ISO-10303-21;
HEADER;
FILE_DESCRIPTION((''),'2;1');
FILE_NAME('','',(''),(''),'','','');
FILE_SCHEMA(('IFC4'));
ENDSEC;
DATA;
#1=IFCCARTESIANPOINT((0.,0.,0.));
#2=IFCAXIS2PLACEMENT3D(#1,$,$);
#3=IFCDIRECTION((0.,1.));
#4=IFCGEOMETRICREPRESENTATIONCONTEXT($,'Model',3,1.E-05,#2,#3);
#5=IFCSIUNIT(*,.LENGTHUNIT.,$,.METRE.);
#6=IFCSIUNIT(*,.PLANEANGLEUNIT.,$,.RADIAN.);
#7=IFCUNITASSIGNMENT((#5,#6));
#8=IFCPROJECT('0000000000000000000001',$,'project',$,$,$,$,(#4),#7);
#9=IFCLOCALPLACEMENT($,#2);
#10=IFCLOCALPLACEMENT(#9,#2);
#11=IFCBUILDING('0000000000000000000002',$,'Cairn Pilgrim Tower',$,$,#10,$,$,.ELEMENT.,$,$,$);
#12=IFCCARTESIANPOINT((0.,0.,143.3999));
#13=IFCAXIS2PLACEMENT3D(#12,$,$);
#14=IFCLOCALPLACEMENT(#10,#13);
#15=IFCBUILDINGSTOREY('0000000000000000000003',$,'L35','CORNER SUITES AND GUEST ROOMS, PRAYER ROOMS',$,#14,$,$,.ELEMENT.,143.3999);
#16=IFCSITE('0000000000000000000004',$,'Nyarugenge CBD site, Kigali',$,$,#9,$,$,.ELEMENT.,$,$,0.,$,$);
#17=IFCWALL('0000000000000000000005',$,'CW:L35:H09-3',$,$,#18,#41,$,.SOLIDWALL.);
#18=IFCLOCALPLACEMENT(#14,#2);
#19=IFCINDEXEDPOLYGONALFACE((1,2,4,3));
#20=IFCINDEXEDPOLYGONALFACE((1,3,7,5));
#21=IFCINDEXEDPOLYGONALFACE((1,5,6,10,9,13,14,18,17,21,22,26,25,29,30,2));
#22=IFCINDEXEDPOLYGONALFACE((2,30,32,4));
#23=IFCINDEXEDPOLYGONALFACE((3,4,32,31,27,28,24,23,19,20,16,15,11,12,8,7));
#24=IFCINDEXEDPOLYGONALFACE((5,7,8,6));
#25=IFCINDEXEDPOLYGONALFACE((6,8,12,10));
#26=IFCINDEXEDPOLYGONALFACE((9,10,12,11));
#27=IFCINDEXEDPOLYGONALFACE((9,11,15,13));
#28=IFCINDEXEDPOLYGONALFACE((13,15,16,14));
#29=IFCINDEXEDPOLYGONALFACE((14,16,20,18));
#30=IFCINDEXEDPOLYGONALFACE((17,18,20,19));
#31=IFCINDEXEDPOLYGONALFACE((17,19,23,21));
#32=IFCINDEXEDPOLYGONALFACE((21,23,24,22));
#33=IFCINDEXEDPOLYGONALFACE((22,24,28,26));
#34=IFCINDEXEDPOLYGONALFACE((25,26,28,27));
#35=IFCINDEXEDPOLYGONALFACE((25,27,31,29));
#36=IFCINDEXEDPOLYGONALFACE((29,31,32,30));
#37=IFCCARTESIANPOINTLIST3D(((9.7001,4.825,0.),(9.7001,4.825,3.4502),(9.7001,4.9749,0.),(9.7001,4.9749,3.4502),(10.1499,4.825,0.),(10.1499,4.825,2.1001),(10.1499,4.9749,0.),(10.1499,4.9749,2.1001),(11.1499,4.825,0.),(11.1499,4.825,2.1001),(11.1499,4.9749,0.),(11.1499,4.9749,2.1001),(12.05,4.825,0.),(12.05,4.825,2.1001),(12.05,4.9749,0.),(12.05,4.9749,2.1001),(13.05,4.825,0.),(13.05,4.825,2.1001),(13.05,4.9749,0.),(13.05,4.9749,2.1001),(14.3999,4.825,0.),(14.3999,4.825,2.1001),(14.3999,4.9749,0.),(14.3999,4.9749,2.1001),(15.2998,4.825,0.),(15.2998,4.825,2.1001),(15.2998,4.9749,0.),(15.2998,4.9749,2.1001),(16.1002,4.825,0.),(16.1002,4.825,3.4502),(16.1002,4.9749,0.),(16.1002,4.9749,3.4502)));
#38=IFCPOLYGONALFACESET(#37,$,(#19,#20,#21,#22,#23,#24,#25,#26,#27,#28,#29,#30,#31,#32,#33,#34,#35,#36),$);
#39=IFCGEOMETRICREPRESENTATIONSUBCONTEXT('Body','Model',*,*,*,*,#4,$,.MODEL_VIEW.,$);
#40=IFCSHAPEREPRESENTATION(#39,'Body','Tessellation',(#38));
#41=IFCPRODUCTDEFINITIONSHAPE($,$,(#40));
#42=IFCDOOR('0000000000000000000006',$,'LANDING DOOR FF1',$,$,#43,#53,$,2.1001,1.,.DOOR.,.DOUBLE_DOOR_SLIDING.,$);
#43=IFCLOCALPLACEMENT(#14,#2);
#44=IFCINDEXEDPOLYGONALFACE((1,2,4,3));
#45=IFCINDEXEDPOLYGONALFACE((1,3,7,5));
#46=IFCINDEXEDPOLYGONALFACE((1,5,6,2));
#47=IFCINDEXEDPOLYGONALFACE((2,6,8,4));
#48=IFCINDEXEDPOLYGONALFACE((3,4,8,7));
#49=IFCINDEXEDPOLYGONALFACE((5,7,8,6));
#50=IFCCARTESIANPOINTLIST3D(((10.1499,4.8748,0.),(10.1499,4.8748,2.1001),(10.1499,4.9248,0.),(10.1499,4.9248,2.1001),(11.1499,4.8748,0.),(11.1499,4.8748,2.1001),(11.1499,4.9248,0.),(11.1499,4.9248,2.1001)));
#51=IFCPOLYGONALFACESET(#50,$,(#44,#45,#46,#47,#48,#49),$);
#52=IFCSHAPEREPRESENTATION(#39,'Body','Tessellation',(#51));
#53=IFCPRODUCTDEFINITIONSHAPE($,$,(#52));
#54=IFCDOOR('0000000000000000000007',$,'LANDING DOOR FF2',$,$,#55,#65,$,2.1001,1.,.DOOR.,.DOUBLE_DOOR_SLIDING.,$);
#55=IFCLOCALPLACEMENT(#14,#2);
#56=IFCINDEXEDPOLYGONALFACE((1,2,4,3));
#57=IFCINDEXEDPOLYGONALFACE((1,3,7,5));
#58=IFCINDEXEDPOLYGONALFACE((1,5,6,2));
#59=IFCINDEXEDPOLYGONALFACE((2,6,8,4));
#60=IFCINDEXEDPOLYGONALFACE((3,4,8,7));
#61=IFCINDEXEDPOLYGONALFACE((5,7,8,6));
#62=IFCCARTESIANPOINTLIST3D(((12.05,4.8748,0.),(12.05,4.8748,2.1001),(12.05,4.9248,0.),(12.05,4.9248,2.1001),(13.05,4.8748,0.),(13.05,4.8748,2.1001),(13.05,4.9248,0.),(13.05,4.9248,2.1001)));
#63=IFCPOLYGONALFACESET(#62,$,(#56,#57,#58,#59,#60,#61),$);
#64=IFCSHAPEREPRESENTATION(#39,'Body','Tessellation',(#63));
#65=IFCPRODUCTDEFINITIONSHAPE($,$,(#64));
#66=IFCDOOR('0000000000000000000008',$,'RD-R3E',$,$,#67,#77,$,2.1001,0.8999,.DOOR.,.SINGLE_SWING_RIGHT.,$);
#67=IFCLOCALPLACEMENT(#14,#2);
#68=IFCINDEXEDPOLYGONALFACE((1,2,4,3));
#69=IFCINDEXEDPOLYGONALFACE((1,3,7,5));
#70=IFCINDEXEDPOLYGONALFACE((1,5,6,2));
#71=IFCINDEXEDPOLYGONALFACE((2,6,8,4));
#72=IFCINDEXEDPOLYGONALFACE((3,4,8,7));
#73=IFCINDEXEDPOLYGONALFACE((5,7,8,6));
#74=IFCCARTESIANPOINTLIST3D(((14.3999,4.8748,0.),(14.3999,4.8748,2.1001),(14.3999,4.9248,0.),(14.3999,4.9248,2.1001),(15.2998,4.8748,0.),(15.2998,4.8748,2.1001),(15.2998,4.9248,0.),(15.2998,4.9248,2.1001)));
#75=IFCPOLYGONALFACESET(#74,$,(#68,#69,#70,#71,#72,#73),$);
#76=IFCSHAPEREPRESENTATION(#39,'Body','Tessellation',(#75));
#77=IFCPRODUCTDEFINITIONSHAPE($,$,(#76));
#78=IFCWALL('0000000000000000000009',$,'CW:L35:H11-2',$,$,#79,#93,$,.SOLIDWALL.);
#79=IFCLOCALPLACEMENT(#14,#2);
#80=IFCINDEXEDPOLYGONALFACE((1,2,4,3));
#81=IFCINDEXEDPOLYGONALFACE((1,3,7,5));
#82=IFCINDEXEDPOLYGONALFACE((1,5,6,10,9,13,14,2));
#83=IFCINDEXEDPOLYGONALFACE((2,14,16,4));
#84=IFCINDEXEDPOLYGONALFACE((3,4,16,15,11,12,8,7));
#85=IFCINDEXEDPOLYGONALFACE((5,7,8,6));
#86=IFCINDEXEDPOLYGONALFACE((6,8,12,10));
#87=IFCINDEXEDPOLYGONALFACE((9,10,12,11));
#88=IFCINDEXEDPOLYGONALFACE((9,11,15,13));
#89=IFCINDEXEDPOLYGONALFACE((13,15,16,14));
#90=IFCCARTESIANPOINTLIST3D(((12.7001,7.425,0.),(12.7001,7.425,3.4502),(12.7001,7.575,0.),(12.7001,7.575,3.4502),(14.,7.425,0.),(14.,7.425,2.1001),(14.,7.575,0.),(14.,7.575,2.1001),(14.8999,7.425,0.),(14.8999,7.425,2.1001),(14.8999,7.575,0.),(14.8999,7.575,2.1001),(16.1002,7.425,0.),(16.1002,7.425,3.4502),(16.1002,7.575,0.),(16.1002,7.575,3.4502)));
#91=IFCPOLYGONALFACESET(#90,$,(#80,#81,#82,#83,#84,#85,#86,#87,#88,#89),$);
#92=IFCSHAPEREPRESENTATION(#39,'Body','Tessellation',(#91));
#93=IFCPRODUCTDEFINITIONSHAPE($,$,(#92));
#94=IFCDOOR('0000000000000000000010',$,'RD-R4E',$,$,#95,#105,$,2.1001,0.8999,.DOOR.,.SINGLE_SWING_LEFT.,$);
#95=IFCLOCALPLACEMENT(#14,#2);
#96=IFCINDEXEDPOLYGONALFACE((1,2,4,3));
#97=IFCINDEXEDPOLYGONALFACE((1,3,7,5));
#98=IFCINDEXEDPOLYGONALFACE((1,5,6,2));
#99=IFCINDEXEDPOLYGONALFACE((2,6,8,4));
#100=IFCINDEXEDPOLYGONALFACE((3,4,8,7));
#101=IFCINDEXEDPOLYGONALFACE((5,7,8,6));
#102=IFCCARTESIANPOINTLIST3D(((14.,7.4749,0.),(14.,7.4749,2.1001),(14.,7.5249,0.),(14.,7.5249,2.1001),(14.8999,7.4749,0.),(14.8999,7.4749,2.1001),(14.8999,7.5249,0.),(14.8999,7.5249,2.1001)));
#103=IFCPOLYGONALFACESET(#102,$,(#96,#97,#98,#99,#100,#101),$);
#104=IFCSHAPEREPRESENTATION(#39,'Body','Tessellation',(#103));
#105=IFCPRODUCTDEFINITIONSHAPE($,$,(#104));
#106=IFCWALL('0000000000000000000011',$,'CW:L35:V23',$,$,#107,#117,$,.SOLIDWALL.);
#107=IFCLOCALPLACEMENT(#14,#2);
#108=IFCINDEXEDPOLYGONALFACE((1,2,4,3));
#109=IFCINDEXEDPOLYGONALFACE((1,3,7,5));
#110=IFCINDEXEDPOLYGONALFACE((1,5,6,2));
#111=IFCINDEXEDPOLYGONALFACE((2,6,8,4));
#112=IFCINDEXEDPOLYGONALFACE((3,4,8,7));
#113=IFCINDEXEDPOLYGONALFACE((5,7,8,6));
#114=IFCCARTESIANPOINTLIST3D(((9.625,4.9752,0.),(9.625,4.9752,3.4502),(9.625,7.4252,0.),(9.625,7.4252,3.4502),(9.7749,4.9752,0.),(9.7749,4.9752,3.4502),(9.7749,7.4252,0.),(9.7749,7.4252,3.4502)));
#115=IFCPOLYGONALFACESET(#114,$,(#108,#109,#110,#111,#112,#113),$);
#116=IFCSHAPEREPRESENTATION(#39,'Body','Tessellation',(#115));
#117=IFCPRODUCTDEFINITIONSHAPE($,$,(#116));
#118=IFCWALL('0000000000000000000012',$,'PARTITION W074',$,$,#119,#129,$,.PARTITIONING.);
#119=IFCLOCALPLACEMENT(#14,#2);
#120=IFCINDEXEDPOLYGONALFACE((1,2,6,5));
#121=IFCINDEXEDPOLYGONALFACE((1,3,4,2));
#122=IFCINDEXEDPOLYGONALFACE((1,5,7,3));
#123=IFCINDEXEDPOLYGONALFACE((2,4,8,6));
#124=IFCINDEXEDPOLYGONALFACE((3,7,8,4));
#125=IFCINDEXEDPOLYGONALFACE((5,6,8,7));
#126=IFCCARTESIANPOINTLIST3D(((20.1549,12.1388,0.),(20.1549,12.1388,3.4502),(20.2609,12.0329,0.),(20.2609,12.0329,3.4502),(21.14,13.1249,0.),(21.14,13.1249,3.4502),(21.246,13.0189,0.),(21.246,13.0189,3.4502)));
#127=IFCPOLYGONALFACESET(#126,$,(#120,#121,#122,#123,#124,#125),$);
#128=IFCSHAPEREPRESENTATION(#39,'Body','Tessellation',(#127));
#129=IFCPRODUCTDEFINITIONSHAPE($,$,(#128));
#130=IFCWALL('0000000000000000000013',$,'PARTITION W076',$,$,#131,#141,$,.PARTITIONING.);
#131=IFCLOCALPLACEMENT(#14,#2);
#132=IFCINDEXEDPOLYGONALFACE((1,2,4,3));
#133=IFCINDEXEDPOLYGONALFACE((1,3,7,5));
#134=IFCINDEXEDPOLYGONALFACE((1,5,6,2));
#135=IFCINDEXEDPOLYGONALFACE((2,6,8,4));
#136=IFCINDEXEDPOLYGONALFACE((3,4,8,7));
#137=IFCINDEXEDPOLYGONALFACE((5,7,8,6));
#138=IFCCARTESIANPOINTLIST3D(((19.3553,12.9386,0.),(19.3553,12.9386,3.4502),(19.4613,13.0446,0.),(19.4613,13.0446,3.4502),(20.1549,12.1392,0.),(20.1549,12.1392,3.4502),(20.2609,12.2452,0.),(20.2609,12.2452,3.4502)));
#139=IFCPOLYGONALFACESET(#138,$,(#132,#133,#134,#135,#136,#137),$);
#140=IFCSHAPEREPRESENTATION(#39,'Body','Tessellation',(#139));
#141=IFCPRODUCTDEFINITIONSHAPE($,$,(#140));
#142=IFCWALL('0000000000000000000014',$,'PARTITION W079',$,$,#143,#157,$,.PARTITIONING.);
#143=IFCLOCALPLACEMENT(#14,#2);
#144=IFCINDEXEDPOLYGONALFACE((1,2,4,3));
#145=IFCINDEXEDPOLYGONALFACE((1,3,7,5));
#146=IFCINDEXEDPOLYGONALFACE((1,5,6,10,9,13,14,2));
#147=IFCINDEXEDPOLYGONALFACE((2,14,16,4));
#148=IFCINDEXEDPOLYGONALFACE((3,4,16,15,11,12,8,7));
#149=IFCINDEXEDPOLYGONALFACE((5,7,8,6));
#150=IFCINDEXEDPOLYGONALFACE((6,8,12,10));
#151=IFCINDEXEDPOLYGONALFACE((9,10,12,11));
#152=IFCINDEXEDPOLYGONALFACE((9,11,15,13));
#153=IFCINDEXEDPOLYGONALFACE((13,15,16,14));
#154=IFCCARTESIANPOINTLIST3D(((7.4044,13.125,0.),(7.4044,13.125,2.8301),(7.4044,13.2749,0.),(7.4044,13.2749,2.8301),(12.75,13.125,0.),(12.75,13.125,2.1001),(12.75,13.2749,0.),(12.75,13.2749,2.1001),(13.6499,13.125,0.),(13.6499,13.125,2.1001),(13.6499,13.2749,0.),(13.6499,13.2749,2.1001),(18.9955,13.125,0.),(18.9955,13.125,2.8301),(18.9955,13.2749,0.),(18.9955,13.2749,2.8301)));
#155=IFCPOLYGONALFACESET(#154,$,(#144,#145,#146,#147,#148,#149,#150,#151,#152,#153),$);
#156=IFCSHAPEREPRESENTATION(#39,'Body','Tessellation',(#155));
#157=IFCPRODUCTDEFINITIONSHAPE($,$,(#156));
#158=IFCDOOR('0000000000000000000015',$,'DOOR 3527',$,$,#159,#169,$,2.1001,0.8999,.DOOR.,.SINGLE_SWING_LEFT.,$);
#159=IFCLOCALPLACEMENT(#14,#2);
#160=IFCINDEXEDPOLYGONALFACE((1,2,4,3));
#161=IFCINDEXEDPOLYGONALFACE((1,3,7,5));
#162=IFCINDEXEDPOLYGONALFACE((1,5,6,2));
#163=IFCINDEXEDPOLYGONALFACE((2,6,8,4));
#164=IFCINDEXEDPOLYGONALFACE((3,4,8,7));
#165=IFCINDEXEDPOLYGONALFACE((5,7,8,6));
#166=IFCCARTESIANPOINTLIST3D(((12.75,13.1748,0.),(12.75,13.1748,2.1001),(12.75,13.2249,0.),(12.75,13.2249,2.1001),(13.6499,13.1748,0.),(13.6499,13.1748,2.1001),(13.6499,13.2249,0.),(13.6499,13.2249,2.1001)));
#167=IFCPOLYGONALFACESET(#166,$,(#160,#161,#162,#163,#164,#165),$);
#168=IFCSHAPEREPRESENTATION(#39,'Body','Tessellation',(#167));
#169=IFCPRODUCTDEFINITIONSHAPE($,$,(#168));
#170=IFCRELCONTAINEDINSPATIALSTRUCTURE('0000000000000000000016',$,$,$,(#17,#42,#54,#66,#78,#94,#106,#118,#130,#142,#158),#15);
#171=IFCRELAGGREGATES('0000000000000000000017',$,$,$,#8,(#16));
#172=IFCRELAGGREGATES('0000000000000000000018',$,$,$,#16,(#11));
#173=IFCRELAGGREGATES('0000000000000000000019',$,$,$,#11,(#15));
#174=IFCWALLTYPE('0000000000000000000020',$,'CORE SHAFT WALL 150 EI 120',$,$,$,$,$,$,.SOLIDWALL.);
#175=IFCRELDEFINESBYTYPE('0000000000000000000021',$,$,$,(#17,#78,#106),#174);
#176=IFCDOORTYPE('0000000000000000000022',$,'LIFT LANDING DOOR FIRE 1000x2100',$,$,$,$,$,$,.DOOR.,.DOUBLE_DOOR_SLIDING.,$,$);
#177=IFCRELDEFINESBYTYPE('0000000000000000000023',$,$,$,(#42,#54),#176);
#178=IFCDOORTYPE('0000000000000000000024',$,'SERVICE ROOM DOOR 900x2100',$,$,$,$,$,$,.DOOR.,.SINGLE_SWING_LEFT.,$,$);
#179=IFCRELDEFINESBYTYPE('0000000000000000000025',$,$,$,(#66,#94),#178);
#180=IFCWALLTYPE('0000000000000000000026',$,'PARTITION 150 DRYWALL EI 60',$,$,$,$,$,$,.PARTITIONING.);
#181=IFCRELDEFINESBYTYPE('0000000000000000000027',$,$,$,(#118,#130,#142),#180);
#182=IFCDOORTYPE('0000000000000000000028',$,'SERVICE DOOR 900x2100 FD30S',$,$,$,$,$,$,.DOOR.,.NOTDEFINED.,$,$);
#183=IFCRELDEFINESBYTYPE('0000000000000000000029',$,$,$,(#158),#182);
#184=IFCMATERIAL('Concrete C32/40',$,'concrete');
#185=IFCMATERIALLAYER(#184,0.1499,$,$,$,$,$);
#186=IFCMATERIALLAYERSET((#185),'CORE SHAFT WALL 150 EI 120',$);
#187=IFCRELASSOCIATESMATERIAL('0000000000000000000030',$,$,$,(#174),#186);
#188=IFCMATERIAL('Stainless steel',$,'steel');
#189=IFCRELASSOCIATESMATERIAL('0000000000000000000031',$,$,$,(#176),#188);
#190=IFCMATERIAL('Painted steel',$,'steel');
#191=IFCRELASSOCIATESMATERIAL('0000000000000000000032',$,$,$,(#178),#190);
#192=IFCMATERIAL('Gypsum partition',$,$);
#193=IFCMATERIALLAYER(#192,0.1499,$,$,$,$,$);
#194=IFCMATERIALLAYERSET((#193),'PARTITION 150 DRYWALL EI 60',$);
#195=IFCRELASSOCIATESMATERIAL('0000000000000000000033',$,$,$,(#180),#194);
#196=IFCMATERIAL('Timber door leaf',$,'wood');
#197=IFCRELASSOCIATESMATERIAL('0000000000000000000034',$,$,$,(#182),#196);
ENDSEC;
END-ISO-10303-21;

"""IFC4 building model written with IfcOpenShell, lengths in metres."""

from ifc_helpers import new_model, si_unit, direction, frame, frame_2d, origin, place, context, subcontext, project, spatial, rectangle, extrude, material, layer, layer_set, type_object, element, fill, save


model = new_model("IFC4")

# Units and contexts
model_context = context("Model", 3, precision=1e-05, world=origin(), true_north=direction((0.0, 1.0)))
body_context = subcontext(model_context, "Body", "Model", "MODEL_VIEW")
ifc_project = project(units=[si_unit("LENGTHUNIT", "METRE"), si_unit("PLANEANGLEUNIT", "RADIAN")], contexts=[model_context])

# Site, building, storey
site_placement = place(None, origin())
site = spatial("IfcSite", under=ifc_project, at=site_placement, Name="Nyarugenge CBD site, Kigali", CompositionType="ELEMENT", RefElevation=0.0)
building_placement = place(site_placement, origin())
building = spatial("IfcBuilding", under=site, at=building_placement, Name="Cairn Pilgrim Tower", CompositionType="ELEMENT")
storey_placement = place(building_placement, frame((0.0, 0.0, 143.3999)))
storey = spatial("IfcBuildingStorey", under=building, at=storey_placement, Name="L35", Description="CORNER SUITES AND GUEST ROOMS, PRAYER ROOMS", CompositionType="ELEMENT", Elevation=143.3999)

# Shared definitions
ifc_material_1 = material(Name="Concrete C32/40", Category="concrete")

# Wall, openings, doors
ifc_layer_1 = layer(ifc_material_1, 0.1499)
ifc_layer_set_1 = layer_set([ifc_layer_1], Name="CORE SHAFT WALL 150 EI 120")
wall_type_1 = type_object("IfcWallType", Name="CORE SHAFT WALL 150 EI 120", PredefinedType="SOLIDWALL", material=ifc_layer_set_1)
wall_1_placement = place(storey_placement, frame((9.7, 4.8999, 0.0), z_axis=(0.0, 0.0, 1.0), x_axis=(1.0, 0.0, 0.0)))
wall_1 = element("IfcWall", 1, at=wall_1_placement, inside=storey, type_object=wall_type_1, Name="CW:L35:H09-3", PredefinedType="SOLIDWALL", context=body_context, shape_type="SweptSolid", body=[
    extrude(rectangle(XDim=6.4001, YDim=0.1499, at=frame_2d((3.2002, 0.0))), origin(), (0.0, 0.0, 1.0), 3.4502),
])
opening_1_placement = place(wall_1_placement, frame((0.45, 0.0, 0.0)))
opening_1 = element("IfcOpeningElement", 2, at=opening_1_placement, cuts=wall_1, PredefinedType="OPENING", context=body_context, shape_type="SweptSolid", body=[
    extrude(rectangle(XDim=1.0, YDim=2.1001, at=frame_2d((0.5, 1.05))), frame((0.0, 0.085, 0.0), z_axis=(0.0, -1.0, 0.0), x_axis=(1.0, 0.0, 0.0)), (0.0, 0.0, 1.0), 0.1699),
])
opening_2_placement = place(wall_1_placement, frame((2.3501, 0.0, 0.0)))
opening_2 = element("IfcOpeningElement", 3, at=opening_2_placement, cuts=wall_1, PredefinedType="OPENING", context=body_context, shape_type="SweptSolid", body=[
    extrude(rectangle(XDim=1.0, YDim=2.1001, at=frame_2d((0.5, 1.05))), frame((0.0, 0.085, 0.0), z_axis=(0.0, -1.0, 0.0), x_axis=(1.0, 0.0, 0.0)), (0.0, 0.0, 1.0), 0.1699),
])
opening_3_placement = place(wall_1_placement, frame((4.7, 0.0, 0.0)))
opening_3 = element("IfcOpeningElement", 4, at=opening_3_placement, cuts=wall_1, PredefinedType="OPENING", context=body_context, shape_type="SweptSolid", body=[
    extrude(rectangle(XDim=0.8999, YDim=2.1001, at=frame_2d((0.45, 1.05))), frame((0.0, 0.085, 0.0), z_axis=(0.0, -1.0, 0.0), x_axis=(1.0, 0.0, 0.0)), (0.0, 0.0, 1.0), 0.1699),
])
ifc_material_2 = material(Name="Stainless steel", Category="steel")
door_type_1 = type_object("IfcDoorType", Name="LIFT LANDING DOOR FIRE 1000x2100", OperationType="DOUBLE_DOOR_SLIDING", PredefinedType="DOOR", material=ifc_material_2)
door_1_placement = place(opening_1_placement, origin())
door_1 = element("IfcDoor", 5, at=door_1_placement, inside=storey, type_object=door_type_1, Name="LANDING DOOR FF1", OperationType="DOUBLE_DOOR_SLIDING", OverallHeight=2.1001, OverallWidth=1.0, PredefinedType="DOOR", context=body_context, shape_type="SweptSolid", body=[
    extrude(rectangle(XDim=1.0, YDim=2.1001, at=frame_2d((0.5, 1.05))), frame((0.0, 0.0249, 0.0), z_axis=(0.0, -1.0, 0.0), x_axis=(1.0, 0.0, 0.0)), (0.0, 0.0, 1.0), 0.05),
])
fill(opening_1, door_1)
door_2_placement = place(opening_2_placement, origin())
door_2 = element("IfcDoor", 6, at=door_2_placement, inside=storey, type_object=door_type_1, Name="LANDING DOOR FF2", OperationType="DOUBLE_DOOR_SLIDING", OverallHeight=2.1001, OverallWidth=1.0, PredefinedType="DOOR", context=body_context, shape_type="SweptSolid", body=[
    extrude(rectangle(XDim=1.0, YDim=2.1001, at=frame_2d((0.5, 1.05))), frame((0.0, 0.0249, 0.0), z_axis=(0.0, -1.0, 0.0), x_axis=(1.0, 0.0, 0.0)), (0.0, 0.0, 1.0), 0.05),
])
fill(opening_2, door_2)
ifc_material_3 = material(Name="Painted steel", Category="steel")
door_type_2 = type_object("IfcDoorType", Name="SERVICE ROOM DOOR 900x2100", OperationType="SINGLE_SWING_LEFT", PredefinedType="DOOR", material=ifc_material_3)
door_3_placement = place(opening_3_placement, origin())
door_3 = element("IfcDoor", 7, at=door_3_placement, inside=storey, type_object=door_type_2, Name="RD-R3E", OperationType="SINGLE_SWING_RIGHT", OverallHeight=2.1001, OverallWidth=0.8999, PredefinedType="DOOR", context=body_context, shape_type="SweptSolid", body=[
    extrude(rectangle(XDim=0.8999, YDim=2.1001, at=frame_2d((0.45, 1.05))), frame((0.0, 0.0249, 0.0), z_axis=(0.0, -1.0, 0.0), x_axis=(1.0, 0.0, 0.0)), (0.0, 0.0, 1.0), 0.05),
])
fill(opening_3, door_3)

# Wall, opening, door
wall_2_placement = place(storey_placement, frame((12.7, 7.5, 0.0), z_axis=(0.0, 0.0, 1.0), x_axis=(1.0, 0.0, 0.0)))
wall_2 = element("IfcWall", 8, at=wall_2_placement, inside=storey, type_object=wall_type_1, Name="CW:L35:H11-2", PredefinedType="SOLIDWALL", context=body_context, shape_type="SweptSolid", body=[
    extrude(rectangle(XDim=3.4001, YDim=0.1499, at=frame_2d((1.7002, 0.0))), origin(), (0.0, 0.0, 1.0), 3.4502),
])
opening_4_placement = place(wall_2_placement, frame((1.3, 0.0, 0.0)))
opening_4 = element("IfcOpeningElement", 9, at=opening_4_placement, cuts=wall_2, PredefinedType="OPENING", context=body_context, shape_type="SweptSolid", body=[
    extrude(rectangle(XDim=0.8999, YDim=2.1001, at=frame_2d((0.45, 1.05))), frame((0.0, 0.085, 0.0), z_axis=(0.0, -1.0, 0.0), x_axis=(1.0, 0.0, 0.0)), (0.0, 0.0, 1.0), 0.1699),
])
door_4_placement = place(opening_4_placement, origin())
door_4 = element("IfcDoor", 10, at=door_4_placement, inside=storey, type_object=door_type_2, Name="RD-R4E", OperationType="SINGLE_SWING_LEFT", OverallHeight=2.1001, OverallWidth=0.8999, PredefinedType="DOOR", context=body_context, shape_type="SweptSolid", body=[
    extrude(rectangle(XDim=0.8999, YDim=2.1001, at=frame_2d((0.45, 1.05))), frame((0.0, 0.0249, 0.0), z_axis=(0.0, -1.0, 0.0), x_axis=(1.0, 0.0, 0.0)), (0.0, 0.0, 1.0), 0.05),
])
fill(opening_4, door_4)

# Walls
wall_3_placement = place(storey_placement, frame((9.7, 4.9751, 0.0), z_axis=(0.0, 0.0, 1.0), x_axis=(0.0, 1.0, 0.0)))
element("IfcWall", 11, at=wall_3_placement, inside=storey, type_object=wall_type_1, Name="CW:L35:V23", PredefinedType="SOLIDWALL", context=body_context, shape_type="SweptSolid", body=[
    extrude(rectangle(XDim=2.45, YDim=0.1499, at=frame_2d((1.2251, 0.0))), origin(), (0.0, 0.0, 1.0), 3.4502),
])
ifc_material_4 = material(Name="Gypsum partition")
ifc_layer_2 = layer(ifc_material_4, 0.1499)
ifc_layer_set_2 = layer_set([ifc_layer_2], Name="PARTITION 150 DRYWALL EI 60")
wall_type_2 = type_object("IfcWallType", Name="PARTITION 150 DRYWALL EI 60", PredefinedType="PARTITIONING", material=ifc_layer_set_2)
wall_4_placement = place(storey_placement, frame((20.208, 12.0859, 0.0), z_axis=(0.0, 0.0, 1.0), x_axis=(0.706756, 0.707457, 0.0)))
element("IfcWall", 12, at=wall_4_placement, inside=storey, type_object=wall_type_2, Name="PARTITION W074", PredefinedType="PARTITIONING", context=body_context, shape_type="SweptSolid", body=[
    extrude(rectangle(XDim=1.3938, YDim=0.1499, at=frame_2d((0.6968, 0.0))), origin(), (0.0, 0.0, 1.0), 3.4502),
])
wall_5_placement = place(storey_placement, frame((20.208, 12.1921, 0.0), z_axis=(0.0, 0.0, 1.0), x_axis=(-0.707215, 0.706999, 0.0)))
element("IfcWall", 13, at=wall_5_placement, inside=storey, type_object=wall_type_2, Name="PARTITION W076", PredefinedType="PARTITIONING", context=body_context, shape_type="SweptSolid", body=[
    extrude(rectangle(XDim=1.1306, YDim=0.1499, at=frame_2d((0.5654, 0.0))), origin(), (0.0, 0.0, 1.0), 3.4502),
])

# Wall, opening, door
wall_6_placement = place(storey_placement, frame((7.4045, 13.2, 0.0), z_axis=(0.0, 0.0, 1.0), x_axis=(1.0, 0.0, 0.0)))
wall_6 = element("IfcWall", 14, at=wall_6_placement, inside=storey, type_object=wall_type_2, Name="PARTITION W079", PredefinedType="PARTITIONING", context=body_context, shape_type="SweptSolid", body=[
    extrude(rectangle(XDim=11.5911, YDim=0.1499, at=frame_2d((5.7954, 0.0))), origin(), (0.0, 0.0, 1.0), 2.8301),
])
opening_5_placement = place(wall_6_placement, frame((5.3455, 0.0, 0.0)))
opening_5 = element("IfcOpeningElement", 15, at=opening_5_placement, cuts=wall_6, PredefinedType="OPENING", context=body_context, shape_type="SweptSolid", body=[
    extrude(rectangle(XDim=0.8999, YDim=2.1001, at=frame_2d((0.45, 1.05))), frame((0.0, 0.085, 0.0), z_axis=(0.0, -1.0, 0.0), x_axis=(1.0, 0.0, 0.0)), (0.0, 0.0, 1.0), 0.1699),
])
ifc_material_5 = material(Name="Timber door leaf", Category="wood")
door_type_3 = type_object("IfcDoorType", Name="SERVICE DOOR 900x2100 FD30S", OperationType="NOTDEFINED", PredefinedType="DOOR", material=ifc_material_5)
door_5_placement = place(opening_5_placement, origin())
door_5 = element("IfcDoor", 16, at=door_5_placement, inside=storey, type_object=door_type_3, Name="DOOR 3527", OperationType="SINGLE_SWING_LEFT", OverallHeight=2.1001, OverallWidth=0.8999, PredefinedType="DOOR", context=body_context, shape_type="SweptSolid", body=[
    extrude(rectangle(XDim=0.8999, YDim=2.1001, at=frame_2d((0.45, 1.05))), frame((0.0, 0.0249, 0.0), z_axis=(0.0, -1.0, 0.0), x_axis=(1.0, 0.0, 0.0)), (0.0, 0.0, 1.0), 0.05),
])
fill(opening_5, door_5)

save(model, "model.ifc")
